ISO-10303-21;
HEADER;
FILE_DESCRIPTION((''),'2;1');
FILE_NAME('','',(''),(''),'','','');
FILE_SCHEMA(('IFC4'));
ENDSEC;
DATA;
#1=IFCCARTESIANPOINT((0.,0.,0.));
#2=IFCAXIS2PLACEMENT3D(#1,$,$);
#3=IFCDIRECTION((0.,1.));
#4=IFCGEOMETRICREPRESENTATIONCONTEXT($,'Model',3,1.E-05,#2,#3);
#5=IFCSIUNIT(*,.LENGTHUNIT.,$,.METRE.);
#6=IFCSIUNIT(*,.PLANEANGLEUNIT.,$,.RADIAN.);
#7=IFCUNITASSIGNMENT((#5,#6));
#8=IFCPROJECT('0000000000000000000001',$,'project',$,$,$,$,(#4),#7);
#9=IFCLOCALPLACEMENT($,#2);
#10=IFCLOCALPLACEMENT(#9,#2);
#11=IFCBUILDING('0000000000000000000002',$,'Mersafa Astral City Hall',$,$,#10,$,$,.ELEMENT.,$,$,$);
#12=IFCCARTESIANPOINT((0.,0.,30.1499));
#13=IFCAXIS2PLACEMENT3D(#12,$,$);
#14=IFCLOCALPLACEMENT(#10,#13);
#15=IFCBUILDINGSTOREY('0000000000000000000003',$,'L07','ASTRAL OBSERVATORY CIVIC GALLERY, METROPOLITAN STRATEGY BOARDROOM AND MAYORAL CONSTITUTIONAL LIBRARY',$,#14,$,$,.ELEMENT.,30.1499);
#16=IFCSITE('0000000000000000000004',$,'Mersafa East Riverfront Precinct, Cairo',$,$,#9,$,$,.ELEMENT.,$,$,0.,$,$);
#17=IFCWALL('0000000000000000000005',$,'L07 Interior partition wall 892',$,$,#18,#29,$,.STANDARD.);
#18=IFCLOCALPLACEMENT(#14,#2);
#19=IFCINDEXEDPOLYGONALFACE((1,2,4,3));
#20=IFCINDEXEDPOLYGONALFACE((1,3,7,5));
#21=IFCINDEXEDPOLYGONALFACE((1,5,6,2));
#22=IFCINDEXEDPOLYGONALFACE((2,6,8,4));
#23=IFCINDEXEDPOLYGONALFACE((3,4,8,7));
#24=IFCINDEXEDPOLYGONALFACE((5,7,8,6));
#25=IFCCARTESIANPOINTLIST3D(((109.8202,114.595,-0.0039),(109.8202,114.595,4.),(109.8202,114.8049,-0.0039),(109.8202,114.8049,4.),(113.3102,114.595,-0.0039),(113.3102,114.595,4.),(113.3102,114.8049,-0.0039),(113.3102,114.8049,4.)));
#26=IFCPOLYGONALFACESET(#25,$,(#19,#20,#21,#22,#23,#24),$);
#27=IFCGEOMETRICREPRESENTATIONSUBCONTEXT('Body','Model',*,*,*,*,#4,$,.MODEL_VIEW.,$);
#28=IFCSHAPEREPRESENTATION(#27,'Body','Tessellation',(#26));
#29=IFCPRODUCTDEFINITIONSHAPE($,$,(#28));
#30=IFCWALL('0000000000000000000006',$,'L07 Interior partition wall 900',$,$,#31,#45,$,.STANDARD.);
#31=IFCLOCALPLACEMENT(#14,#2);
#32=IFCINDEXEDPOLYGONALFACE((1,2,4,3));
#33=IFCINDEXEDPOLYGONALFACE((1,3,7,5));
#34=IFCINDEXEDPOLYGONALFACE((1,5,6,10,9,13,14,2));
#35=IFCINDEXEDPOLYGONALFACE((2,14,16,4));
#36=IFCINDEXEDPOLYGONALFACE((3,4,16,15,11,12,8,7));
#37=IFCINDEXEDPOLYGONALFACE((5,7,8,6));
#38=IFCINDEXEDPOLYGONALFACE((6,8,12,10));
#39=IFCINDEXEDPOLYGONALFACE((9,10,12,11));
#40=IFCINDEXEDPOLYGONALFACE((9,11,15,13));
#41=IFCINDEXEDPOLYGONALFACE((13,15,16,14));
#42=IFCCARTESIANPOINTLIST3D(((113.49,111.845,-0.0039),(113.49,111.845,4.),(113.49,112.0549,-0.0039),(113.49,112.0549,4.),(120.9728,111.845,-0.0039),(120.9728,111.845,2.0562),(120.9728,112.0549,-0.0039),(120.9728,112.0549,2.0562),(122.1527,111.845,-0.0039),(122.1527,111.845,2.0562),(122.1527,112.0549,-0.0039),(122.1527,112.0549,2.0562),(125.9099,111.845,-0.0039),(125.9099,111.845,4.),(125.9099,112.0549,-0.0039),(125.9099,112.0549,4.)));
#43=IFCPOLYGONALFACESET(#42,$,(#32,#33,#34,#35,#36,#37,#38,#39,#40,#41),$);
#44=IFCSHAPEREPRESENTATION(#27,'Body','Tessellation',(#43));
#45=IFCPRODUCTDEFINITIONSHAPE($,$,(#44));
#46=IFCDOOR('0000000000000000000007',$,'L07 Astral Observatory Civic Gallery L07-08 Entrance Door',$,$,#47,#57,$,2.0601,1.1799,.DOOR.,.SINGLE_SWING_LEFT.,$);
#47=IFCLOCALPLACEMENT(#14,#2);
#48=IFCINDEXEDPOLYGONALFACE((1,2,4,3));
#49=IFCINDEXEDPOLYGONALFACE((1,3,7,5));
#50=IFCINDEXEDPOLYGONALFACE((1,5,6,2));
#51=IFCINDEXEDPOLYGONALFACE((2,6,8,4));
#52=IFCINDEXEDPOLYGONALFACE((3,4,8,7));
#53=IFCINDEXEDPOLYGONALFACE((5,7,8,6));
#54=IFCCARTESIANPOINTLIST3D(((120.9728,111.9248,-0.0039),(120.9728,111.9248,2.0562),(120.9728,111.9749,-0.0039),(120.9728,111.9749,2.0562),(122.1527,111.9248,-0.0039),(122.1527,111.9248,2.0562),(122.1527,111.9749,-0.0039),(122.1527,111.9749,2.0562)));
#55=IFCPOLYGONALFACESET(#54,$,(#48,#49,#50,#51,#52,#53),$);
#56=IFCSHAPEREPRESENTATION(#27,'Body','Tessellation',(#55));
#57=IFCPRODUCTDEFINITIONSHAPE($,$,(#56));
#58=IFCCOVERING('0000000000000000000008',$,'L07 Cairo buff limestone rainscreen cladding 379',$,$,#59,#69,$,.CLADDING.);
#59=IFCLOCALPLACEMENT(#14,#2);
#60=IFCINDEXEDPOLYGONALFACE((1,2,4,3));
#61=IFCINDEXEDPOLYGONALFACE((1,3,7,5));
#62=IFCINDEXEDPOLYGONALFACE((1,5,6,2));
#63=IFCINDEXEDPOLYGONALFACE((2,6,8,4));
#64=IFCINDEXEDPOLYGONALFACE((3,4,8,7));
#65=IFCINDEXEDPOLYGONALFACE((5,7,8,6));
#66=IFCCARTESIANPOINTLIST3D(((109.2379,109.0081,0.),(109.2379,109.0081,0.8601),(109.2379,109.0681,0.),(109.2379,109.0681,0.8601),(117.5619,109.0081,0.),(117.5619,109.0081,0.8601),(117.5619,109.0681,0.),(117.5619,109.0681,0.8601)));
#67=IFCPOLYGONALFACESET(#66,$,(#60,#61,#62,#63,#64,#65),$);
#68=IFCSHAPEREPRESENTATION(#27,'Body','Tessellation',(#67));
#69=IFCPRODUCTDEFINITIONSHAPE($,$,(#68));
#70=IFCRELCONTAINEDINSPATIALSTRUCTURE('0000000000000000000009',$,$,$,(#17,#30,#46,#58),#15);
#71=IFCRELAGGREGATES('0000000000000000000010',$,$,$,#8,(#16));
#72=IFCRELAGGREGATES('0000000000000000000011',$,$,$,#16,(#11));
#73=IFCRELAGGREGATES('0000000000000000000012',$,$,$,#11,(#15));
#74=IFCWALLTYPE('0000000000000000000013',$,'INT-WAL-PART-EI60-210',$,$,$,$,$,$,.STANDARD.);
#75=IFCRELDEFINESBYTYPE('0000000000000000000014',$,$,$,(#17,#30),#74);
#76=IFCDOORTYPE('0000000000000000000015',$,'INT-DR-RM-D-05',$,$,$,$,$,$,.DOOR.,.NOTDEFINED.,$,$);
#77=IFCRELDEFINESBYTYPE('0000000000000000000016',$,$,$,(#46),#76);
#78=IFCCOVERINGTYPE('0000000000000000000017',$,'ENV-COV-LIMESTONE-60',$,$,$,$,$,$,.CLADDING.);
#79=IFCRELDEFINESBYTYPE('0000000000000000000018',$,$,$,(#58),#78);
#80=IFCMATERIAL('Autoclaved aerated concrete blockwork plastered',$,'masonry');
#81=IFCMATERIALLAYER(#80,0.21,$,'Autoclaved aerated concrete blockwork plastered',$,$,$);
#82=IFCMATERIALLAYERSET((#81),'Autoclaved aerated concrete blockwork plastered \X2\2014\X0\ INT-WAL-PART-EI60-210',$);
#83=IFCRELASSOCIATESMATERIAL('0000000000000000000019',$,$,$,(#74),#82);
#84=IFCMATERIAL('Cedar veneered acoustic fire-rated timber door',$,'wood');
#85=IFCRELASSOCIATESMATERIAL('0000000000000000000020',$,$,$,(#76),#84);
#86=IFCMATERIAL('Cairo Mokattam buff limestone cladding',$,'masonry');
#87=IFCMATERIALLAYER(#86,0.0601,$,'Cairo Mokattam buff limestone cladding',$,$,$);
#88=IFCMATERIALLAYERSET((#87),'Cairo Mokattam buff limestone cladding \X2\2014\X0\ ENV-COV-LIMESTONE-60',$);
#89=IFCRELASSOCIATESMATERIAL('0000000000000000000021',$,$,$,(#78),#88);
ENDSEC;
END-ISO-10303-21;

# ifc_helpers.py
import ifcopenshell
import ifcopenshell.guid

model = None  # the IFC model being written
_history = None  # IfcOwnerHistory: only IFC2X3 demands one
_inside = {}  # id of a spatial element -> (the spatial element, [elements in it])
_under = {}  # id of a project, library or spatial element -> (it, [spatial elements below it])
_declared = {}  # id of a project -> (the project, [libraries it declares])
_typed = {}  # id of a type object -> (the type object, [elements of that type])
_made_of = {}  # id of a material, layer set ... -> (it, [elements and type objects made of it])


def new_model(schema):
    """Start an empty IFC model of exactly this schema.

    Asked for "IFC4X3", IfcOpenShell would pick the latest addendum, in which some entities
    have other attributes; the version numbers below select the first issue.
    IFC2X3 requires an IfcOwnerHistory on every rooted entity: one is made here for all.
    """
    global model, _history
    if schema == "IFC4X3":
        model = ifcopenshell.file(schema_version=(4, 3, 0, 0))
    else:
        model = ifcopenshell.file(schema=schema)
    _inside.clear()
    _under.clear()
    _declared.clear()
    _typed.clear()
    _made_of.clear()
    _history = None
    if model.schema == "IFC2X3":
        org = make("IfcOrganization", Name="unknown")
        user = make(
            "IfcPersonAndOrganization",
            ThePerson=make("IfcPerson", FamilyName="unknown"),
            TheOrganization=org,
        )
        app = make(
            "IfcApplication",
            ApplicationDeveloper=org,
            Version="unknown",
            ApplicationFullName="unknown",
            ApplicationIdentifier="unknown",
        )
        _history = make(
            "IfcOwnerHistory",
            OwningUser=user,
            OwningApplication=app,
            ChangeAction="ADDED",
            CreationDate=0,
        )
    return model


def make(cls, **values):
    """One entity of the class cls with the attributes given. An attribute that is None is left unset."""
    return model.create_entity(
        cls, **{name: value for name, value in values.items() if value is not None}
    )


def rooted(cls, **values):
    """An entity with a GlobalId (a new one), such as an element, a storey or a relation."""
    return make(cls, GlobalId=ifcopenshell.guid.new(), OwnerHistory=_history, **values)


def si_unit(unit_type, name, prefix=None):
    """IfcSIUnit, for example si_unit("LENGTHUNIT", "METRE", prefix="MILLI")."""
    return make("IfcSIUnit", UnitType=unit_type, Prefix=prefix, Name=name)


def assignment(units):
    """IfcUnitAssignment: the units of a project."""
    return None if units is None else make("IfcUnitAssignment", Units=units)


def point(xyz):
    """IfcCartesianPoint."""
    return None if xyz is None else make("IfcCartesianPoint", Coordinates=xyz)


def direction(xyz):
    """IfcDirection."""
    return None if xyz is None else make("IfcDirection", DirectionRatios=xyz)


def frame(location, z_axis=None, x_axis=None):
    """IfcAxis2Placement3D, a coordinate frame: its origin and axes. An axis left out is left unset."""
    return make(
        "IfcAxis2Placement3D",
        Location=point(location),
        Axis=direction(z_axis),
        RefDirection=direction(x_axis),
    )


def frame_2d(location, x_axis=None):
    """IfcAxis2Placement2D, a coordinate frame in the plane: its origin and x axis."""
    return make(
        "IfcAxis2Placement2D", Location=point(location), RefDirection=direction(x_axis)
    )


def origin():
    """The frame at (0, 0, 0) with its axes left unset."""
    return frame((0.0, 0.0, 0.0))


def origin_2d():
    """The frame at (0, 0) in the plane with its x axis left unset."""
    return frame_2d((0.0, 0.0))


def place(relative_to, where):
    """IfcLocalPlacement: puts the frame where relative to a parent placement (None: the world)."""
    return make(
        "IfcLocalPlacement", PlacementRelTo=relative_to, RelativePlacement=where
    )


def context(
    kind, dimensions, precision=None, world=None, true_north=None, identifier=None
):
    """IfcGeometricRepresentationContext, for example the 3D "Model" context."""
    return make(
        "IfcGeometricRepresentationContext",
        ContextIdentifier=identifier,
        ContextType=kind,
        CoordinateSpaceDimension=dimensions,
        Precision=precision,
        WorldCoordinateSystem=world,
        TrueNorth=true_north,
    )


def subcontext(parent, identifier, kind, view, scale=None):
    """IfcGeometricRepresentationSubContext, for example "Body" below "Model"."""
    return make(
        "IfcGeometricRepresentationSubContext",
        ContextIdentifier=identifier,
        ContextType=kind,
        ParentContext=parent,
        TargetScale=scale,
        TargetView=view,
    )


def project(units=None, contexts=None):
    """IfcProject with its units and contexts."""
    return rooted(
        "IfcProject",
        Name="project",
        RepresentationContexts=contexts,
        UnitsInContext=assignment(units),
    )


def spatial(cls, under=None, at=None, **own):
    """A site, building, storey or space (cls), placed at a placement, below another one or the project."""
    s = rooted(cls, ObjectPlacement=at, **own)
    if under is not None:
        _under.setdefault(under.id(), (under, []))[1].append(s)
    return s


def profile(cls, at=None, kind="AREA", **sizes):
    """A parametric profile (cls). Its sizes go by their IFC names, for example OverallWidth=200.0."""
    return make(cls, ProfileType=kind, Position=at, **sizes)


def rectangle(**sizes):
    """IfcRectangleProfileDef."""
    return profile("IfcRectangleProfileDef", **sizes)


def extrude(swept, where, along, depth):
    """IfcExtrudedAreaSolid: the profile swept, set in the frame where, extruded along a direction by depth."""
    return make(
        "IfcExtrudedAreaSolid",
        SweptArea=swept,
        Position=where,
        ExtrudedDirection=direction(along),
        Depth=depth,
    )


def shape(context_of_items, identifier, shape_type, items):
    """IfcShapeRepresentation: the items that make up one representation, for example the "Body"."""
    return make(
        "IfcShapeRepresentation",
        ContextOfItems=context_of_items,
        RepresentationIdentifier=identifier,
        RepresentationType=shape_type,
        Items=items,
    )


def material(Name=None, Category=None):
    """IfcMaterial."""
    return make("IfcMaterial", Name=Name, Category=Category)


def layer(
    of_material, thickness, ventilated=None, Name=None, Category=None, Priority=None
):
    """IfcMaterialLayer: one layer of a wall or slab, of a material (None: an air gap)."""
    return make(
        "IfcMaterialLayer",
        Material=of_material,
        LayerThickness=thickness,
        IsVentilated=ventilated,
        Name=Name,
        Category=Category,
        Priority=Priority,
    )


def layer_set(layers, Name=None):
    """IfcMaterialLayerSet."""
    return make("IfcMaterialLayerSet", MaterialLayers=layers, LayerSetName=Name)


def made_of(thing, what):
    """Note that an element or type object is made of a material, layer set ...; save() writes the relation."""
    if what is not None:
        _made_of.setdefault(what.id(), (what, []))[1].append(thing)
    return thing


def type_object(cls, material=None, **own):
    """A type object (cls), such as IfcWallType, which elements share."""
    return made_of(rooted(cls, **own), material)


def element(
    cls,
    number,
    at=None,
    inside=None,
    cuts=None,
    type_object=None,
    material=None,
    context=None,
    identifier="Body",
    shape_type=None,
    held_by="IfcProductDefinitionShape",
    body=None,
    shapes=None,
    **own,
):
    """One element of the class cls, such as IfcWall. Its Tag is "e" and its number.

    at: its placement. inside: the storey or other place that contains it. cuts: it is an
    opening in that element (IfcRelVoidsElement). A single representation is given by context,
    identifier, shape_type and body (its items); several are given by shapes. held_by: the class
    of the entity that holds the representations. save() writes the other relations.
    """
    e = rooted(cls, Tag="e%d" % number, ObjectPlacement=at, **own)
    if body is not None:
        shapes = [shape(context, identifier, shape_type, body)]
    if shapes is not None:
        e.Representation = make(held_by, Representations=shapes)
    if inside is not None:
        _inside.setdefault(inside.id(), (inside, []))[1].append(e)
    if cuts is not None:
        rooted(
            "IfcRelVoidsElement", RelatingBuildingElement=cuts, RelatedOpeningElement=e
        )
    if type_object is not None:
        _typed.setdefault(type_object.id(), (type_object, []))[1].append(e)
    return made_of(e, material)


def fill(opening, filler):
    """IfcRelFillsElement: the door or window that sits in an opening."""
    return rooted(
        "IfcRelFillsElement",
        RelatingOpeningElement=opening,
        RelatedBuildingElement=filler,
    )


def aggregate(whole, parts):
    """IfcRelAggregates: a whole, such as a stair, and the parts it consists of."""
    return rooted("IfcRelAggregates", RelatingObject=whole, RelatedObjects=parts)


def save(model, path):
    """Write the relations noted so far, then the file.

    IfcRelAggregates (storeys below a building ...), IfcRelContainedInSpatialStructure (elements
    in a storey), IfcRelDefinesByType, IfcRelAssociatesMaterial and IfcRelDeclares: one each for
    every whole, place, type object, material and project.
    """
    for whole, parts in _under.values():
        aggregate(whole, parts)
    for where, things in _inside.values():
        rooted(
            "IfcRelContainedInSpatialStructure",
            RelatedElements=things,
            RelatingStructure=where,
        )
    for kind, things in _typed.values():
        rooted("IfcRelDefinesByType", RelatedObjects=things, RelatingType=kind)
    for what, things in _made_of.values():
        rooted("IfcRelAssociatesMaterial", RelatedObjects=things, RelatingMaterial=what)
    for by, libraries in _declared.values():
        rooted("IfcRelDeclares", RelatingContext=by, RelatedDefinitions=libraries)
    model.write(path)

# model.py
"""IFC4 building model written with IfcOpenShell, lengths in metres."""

from ifc_helpers import new_model, si_unit, direction, frame, frame_2d, origin, origin_2d, place, context, subcontext, project, spatial, rectangle, extrude, material, layer, layer_set, type_object, element, fill, save


model = new_model("IFC4")

# Units and contexts
model_context = context("Model", 3, precision=1e-05, world=origin(), true_north=direction((0.0, 1.0)))
body_context = subcontext(model_context, "Body", "Model", "MODEL_VIEW")
ifc_project = project(units=[si_unit("LENGTHUNIT", "METRE"), si_unit("PLANEANGLEUNIT", "RADIAN")], contexts=[model_context])

# Site, building, storey
site_placement = place(None, origin())
site = spatial("IfcSite", under=ifc_project, at=site_placement, Name="Mersafa East Riverfront Precinct, Cairo", CompositionType="ELEMENT", RefElevation=0.0)
building_placement = place(site_placement, origin())
building = spatial("IfcBuilding", under=site, at=building_placement, Name="Mersafa Astral City Hall", CompositionType="ELEMENT")
storey_placement = place(building_placement, frame((0.0, 0.0, 30.1499)))
storey = spatial("IfcBuildingStorey", under=building, at=storey_placement, Name="L07", Description="ASTRAL OBSERVATORY CIVIC GALLERY, METROPOLITAN STRATEGY BOARDROOM AND MAYORAL CONSTITUTIONAL LIBRARY", CompositionType="ELEMENT", Elevation=30.1499)

# Shared definitions
ifc_material_1 = material(Name="Cedar veneered acoustic fire-rated timber door", Category="wood")

# Wall
ifc_material_2 = material(Name="Autoclaved aerated concrete blockwork plastered", Category="masonry")
ifc_layer_1 = layer(ifc_material_2, 0.21, Name="Autoclaved aerated concrete blockwork plastered")
ifc_layer_set_1 = layer_set([ifc_layer_1], Name="Autoclaved aerated concrete blockwork plastered — INT-WAL-PART-EI60-210")
wall_type_1 = type_object("IfcWallType", Name="INT-WAL-PART-EI60-210", PredefinedType="STANDARD", material=ifc_layer_set_1)
wall_1_placement = place(storey_placement, frame((109.8201, 114.7, -0.0039), z_axis=(0.0, 0.0, 1.0), x_axis=(1.0, 0.0, 0.0)))
element("IfcWall", 1, at=wall_1_placement, inside=storey, type_object=wall_type_1, Name="L07 Interior partition wall 892", PredefinedType="STANDARD", context=body_context, shape_type="SweptSolid", body=[
    extrude(rectangle(XDim=3.49, YDim=0.21, at=frame_2d((1.7451, 0.0))), origin(), (0.0, 0.0, 1.0), 4.0039),
])

# Wall, opening, door
wall_2_placement = place(storey_placement, frame((113.49, 111.95, -0.0039), z_axis=(0.0, 0.0, 1.0), x_axis=(1.0, 0.0, 0.0)))
wall_2 = element("IfcWall", 2, at=wall_2_placement, inside=storey, type_object=wall_type_1, Name="L07 Interior partition wall 900", PredefinedType="STANDARD", context=body_context, shape_type="SweptSolid", body=[
    extrude(rectangle(XDim=12.4199, YDim=0.21, at=frame_2d((6.21, 0.0))), origin(), (0.0, 0.0, 1.0), 4.0039),
])
opening_1_placement = place(wall_2_placement, frame((7.4829, 0.0, 0.0)))
opening_1 = element("IfcOpeningElement", 3, at=opening_1_placement, cuts=wall_2, PredefinedType="OPENING", context=body_context, shape_type="SweptSolid", body=[
    extrude(rectangle(XDim=1.1799, YDim=2.0601, at=frame_2d((0.5898, 1.03))), frame((0.0, 0.115, 0.0), z_axis=(0.0, -1.0, 0.0), x_axis=(1.0, 0.0, 0.0)), (0.0, 0.0, 1.0), 0.23),
])
door_type_1 = type_object("IfcDoorType", Name="INT-DR-RM-D-05", OperationType="NOTDEFINED", PredefinedType="DOOR", material=ifc_material_1)
door_1_placement = place(opening_1_placement, origin())
door_1 = element("IfcDoor", 4, at=door_1_placement, inside=storey, type_object=door_type_1, Name="L07 Astral Observatory Civic Gallery L07-08 Entrance Door", OperationType="SINGLE_SWING_LEFT", OverallHeight=2.0601, OverallWidth=1.1799, PredefinedType="DOOR", context=body_context, shape_type="SweptSolid", body=[
    extrude(rectangle(XDim=1.1799, YDim=2.0601, at=frame_2d((0.5898, 1.03))), frame((0.0, 0.0249, 0.0), z_axis=(0.0, -1.0, 0.0), x_axis=(1.0, 0.0, 0.0)), (0.0, 0.0, 1.0), 0.05),
])
fill(opening_1, door_1)

# Covering
ifc_material_3 = material(Name="Cairo Mokattam buff limestone cladding", Category="masonry")
ifc_layer_2 = layer(ifc_material_3, 0.0601, Name="Cairo Mokattam buff limestone cladding")
ifc_layer_set_2 = layer_set([ifc_layer_2], Name="Cairo Mokattam buff limestone cladding — ENV-COV-LIMESTONE-60")
covering_type = type_object("IfcCoveringType", Name="ENV-COV-LIMESTONE-60", PredefinedType="CLADDING", material=ifc_layer_set_2)
covering_placement = place(storey_placement, frame((113.3999, 109.0381, 0.0), z_axis=(0.0, 0.0, 1.0), x_axis=(1.0, 0.0, 0.0)))
element("IfcCovering", 5, at=covering_placement, inside=storey, type_object=covering_type, Name="L07 Cairo buff limestone rainscreen cladding 379", PredefinedType="CLADDING", context=body_context, shape_type="SweptSolid", body=[
    extrude(rectangle(XDim=8.324, YDim=0.0601, at=origin_2d()), origin(), (0.0, 0.0, 1.0), 0.8601),
])

save(model, "model.ifc")
